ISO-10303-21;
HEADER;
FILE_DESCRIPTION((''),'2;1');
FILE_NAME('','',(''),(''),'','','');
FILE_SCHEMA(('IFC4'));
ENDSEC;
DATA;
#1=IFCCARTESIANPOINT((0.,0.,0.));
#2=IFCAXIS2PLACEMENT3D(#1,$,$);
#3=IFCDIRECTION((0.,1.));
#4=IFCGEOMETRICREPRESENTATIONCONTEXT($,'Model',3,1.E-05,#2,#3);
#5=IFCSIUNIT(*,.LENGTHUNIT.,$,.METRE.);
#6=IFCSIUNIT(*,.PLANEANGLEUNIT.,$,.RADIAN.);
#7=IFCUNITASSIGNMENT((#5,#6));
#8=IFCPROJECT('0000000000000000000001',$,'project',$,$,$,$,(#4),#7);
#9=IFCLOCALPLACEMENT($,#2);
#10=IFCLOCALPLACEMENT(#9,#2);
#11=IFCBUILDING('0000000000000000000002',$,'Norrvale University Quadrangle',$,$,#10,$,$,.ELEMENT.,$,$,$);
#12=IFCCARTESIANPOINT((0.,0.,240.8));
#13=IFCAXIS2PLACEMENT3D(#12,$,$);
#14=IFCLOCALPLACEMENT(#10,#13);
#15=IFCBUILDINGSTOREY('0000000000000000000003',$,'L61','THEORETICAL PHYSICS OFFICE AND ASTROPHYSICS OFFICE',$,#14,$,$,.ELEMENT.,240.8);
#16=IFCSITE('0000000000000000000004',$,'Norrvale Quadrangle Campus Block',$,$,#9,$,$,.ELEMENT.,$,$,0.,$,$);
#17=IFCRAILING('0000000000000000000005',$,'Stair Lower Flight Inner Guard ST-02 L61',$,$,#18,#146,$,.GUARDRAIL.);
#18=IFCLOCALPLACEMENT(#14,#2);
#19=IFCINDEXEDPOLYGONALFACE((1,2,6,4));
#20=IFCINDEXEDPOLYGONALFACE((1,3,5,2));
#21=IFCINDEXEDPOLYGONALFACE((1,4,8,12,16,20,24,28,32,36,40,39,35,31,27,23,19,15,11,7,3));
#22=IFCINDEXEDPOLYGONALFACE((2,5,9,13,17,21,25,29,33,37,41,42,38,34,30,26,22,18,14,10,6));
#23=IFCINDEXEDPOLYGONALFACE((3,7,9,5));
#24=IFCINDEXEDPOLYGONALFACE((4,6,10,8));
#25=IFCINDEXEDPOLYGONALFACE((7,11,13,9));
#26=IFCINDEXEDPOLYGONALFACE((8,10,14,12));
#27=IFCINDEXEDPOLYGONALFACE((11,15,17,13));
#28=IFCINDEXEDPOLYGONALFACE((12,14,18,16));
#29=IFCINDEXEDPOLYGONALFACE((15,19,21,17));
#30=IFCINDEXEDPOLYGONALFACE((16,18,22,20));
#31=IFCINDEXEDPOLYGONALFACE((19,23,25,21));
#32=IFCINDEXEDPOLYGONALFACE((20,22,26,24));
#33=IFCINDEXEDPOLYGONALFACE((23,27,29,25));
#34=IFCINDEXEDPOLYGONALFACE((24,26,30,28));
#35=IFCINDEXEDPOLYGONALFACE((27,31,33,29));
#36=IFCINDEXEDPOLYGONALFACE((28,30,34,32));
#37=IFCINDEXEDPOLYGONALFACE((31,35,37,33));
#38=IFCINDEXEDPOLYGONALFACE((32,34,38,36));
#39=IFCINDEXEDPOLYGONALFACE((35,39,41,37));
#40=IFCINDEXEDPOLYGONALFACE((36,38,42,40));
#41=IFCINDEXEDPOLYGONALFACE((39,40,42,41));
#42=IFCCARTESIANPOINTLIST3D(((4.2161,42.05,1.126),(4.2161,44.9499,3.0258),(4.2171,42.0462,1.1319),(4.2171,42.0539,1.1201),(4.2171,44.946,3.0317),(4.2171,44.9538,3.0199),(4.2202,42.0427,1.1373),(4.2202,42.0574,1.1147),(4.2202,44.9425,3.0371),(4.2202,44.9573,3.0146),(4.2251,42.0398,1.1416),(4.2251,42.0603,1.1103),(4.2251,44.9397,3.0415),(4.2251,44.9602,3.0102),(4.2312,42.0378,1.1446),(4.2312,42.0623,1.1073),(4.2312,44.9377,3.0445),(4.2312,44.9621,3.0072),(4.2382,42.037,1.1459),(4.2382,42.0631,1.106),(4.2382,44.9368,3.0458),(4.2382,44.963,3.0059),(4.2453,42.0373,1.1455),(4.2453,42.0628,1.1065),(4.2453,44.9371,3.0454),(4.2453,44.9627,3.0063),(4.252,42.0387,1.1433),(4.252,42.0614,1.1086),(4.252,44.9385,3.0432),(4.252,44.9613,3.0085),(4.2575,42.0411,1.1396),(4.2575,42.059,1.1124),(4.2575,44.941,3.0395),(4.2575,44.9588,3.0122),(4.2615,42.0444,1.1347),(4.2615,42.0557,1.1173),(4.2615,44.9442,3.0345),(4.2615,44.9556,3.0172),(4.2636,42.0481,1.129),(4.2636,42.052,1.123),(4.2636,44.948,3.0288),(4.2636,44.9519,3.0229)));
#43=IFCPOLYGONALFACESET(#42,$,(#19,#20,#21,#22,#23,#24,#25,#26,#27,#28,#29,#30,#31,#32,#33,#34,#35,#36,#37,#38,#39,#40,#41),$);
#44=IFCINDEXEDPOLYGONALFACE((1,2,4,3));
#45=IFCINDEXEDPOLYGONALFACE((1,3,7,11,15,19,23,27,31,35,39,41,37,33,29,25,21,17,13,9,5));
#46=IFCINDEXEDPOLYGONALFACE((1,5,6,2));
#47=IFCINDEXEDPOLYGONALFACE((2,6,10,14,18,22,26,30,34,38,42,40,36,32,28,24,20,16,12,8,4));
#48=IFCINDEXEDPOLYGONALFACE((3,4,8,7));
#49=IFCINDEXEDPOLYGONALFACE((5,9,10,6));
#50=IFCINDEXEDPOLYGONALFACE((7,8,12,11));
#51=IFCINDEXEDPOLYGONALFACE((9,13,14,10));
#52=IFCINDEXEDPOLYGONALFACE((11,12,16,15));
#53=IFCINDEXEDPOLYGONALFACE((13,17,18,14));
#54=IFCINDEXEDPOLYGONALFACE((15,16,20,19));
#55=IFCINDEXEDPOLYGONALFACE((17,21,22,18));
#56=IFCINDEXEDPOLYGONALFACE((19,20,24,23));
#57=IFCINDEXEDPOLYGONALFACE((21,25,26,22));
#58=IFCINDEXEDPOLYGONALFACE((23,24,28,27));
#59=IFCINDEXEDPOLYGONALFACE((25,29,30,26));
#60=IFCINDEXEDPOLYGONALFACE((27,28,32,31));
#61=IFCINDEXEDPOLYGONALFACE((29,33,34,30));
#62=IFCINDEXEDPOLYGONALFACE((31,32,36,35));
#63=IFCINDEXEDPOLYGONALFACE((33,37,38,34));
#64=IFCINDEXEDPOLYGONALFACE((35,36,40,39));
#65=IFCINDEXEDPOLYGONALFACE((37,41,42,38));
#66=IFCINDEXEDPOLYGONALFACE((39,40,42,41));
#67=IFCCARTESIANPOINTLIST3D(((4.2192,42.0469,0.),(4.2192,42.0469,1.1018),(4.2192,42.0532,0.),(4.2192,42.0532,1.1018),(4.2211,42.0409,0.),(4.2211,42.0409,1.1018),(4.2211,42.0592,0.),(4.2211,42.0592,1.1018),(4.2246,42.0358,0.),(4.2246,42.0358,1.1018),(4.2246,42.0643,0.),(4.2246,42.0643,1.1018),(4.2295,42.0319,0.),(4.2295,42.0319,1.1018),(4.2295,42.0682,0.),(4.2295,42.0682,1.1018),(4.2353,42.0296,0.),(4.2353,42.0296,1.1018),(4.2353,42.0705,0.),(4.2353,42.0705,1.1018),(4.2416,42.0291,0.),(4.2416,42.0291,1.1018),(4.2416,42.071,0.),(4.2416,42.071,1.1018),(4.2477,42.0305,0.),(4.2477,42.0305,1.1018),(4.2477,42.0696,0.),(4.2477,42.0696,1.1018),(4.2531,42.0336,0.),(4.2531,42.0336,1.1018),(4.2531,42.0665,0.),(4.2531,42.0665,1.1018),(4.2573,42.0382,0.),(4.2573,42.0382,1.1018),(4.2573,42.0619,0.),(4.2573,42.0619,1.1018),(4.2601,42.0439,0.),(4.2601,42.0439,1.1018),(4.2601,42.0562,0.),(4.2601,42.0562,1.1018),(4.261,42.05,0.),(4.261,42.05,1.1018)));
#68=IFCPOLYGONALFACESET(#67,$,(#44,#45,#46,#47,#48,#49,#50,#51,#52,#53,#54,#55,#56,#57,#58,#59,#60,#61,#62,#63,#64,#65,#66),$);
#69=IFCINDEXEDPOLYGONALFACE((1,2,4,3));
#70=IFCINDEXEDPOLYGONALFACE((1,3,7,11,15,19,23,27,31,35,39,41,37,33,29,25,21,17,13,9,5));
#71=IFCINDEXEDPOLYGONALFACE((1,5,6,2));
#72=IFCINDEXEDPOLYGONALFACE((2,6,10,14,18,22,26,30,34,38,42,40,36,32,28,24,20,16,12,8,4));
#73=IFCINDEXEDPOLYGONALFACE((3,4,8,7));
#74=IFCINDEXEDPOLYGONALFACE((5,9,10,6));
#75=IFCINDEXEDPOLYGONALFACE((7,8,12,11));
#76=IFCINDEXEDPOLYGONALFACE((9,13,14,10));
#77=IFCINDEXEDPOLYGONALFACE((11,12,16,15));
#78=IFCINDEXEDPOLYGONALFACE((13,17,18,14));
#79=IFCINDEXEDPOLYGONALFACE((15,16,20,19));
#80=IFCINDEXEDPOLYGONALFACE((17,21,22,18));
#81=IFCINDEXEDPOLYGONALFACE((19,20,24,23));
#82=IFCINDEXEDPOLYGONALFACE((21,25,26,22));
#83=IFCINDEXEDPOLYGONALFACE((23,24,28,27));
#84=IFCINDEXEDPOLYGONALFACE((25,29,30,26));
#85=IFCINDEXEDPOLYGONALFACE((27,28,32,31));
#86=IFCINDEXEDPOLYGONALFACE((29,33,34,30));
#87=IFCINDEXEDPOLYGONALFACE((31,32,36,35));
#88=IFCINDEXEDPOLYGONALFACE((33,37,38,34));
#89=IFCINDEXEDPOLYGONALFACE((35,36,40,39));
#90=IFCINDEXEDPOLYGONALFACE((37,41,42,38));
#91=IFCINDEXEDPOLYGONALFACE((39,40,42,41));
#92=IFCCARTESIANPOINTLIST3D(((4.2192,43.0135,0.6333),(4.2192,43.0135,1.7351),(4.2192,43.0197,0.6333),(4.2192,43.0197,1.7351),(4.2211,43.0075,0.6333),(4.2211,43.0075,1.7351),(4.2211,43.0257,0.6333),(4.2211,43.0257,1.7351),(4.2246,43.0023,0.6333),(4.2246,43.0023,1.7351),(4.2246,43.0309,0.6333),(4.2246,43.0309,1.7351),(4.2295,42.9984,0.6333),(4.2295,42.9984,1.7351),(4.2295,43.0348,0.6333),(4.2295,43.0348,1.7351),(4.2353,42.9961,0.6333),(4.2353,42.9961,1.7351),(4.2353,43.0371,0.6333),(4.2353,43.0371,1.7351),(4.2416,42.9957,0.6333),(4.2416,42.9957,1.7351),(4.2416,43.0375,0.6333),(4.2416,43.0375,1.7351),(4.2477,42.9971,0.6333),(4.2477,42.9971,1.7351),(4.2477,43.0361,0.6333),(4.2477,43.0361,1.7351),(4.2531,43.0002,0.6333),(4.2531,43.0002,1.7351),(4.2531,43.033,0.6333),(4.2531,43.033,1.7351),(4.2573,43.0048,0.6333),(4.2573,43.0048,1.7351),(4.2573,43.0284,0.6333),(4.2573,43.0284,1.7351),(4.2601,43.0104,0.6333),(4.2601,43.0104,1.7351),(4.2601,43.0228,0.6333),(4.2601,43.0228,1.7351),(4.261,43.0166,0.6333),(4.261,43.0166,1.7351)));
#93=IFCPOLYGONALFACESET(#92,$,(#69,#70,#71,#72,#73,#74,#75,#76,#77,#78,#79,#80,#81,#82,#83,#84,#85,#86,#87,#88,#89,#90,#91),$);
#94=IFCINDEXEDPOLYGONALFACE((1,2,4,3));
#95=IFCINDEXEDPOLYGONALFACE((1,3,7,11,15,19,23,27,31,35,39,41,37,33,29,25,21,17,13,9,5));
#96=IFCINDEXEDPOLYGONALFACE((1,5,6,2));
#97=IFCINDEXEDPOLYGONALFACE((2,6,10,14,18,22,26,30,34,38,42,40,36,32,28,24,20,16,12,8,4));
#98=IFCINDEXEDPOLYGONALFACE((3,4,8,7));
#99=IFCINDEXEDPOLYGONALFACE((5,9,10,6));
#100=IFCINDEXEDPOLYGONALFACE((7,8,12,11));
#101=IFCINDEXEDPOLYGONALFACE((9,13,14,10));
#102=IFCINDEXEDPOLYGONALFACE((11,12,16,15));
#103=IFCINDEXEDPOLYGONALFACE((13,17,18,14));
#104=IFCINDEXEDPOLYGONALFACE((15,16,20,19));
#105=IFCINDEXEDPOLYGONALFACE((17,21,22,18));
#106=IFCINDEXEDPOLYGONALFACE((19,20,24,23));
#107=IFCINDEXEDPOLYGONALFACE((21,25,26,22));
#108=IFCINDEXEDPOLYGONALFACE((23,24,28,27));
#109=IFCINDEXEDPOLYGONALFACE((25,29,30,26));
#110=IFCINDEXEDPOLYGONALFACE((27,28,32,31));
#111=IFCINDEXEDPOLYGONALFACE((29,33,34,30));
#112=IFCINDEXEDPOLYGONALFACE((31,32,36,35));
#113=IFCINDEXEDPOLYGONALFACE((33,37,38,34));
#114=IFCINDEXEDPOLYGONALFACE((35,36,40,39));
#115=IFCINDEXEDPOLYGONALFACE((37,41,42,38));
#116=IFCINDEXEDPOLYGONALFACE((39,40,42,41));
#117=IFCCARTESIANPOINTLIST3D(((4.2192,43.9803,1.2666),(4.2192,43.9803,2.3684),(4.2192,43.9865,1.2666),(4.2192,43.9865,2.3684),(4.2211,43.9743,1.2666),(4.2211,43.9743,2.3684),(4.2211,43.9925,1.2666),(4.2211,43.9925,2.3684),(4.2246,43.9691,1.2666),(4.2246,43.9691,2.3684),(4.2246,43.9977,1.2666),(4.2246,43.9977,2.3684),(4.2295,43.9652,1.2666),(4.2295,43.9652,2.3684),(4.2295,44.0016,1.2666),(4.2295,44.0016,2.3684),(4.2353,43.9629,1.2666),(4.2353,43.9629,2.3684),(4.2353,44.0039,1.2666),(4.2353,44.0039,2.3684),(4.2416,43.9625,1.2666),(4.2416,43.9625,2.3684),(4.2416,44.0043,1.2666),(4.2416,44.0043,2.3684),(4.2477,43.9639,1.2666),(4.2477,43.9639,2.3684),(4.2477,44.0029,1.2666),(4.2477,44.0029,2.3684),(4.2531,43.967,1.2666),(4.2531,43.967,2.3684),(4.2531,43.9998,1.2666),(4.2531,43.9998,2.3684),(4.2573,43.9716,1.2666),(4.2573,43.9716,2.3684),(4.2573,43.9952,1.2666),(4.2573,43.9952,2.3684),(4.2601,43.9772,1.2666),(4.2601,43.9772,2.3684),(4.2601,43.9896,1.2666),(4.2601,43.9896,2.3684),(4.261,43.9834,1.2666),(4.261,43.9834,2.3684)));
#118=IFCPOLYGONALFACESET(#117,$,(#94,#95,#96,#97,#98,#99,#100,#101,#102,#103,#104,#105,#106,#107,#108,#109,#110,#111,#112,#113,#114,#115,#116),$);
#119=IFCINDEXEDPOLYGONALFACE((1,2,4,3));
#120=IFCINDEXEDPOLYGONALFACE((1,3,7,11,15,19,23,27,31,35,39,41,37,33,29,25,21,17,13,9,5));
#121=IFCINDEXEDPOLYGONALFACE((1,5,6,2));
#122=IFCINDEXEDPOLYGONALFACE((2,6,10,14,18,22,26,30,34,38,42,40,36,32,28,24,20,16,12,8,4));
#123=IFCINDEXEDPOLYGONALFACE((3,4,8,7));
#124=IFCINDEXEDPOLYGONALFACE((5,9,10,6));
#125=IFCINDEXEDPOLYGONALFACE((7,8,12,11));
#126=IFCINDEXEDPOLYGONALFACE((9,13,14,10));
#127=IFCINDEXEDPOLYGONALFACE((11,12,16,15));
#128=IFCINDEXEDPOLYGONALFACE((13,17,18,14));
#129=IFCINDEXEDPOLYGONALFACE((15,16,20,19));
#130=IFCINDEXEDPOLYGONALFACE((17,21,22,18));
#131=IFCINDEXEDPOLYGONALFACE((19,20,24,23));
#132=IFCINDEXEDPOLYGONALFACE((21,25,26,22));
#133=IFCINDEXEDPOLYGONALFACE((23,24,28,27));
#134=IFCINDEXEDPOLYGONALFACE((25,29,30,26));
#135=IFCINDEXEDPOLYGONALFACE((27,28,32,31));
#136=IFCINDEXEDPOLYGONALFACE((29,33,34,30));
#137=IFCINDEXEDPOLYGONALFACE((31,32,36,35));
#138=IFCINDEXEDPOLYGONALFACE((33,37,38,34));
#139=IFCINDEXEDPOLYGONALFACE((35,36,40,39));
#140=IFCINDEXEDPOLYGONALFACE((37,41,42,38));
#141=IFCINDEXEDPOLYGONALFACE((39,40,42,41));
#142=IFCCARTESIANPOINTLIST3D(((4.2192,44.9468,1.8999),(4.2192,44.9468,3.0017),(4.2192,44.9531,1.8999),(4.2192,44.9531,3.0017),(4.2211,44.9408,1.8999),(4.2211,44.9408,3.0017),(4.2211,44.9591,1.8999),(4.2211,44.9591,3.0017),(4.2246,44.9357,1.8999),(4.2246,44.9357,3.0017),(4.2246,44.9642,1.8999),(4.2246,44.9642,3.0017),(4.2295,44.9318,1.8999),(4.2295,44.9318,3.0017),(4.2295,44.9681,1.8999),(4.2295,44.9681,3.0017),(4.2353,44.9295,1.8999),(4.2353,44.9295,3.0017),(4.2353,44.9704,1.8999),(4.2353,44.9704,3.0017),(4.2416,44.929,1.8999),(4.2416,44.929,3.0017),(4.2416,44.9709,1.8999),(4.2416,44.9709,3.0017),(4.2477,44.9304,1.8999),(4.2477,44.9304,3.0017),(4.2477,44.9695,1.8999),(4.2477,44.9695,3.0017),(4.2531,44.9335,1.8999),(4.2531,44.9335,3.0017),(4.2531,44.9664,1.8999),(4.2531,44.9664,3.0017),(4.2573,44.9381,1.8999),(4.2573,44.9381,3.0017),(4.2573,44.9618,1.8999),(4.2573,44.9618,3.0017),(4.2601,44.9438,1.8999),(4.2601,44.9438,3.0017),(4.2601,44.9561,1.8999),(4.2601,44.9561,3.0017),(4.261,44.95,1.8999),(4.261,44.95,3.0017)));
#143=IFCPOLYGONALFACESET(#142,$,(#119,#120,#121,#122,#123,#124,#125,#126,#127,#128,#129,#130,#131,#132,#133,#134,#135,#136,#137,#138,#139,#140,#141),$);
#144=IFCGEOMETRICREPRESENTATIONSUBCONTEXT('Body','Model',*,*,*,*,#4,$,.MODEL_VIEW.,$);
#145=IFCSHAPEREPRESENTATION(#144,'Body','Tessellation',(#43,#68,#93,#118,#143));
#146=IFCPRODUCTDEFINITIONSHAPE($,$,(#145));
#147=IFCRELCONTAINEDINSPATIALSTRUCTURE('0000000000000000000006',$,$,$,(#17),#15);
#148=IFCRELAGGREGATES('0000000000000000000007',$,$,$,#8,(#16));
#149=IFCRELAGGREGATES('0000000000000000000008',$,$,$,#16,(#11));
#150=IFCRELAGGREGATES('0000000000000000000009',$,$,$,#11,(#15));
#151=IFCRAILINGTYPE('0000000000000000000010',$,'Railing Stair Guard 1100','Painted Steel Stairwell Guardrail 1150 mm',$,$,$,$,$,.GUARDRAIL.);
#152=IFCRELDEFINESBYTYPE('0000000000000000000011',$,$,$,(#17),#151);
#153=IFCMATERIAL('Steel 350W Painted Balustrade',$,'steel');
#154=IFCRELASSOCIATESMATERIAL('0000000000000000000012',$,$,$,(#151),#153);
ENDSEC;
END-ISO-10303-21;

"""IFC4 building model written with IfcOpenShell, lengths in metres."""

from ifc_helpers import new_model, si_unit, direction, frame, origin, origin_2d, place, context, subcontext, project, spatial, circle, extrude, material, type_object, element, save


model = new_model("IFC4")

# Units and contexts
model_context = context("Model", 3, precision=1e-05, world=origin(), true_north=direction((0.0, 1.0)))
body_context = subcontext(model_context, "Body", "Model", "MODEL_VIEW")
ifc_project = project(units=[si_unit("LENGTHUNIT", "METRE"), si_unit("PLANEANGLEUNIT", "RADIAN")], contexts=[model_context])

# Site, building, storey
site_placement = place(None, origin())
site = spatial("IfcSite", under=ifc_project, at=site_placement, Name="Norrvale Quadrangle Campus Block", CompositionType="ELEMENT", RefElevation=0.0)
building_placement = place(site_placement, origin())
building = spatial("IfcBuilding", under=site, at=building_placement, Name="Norrvale University Quadrangle", CompositionType="ELEMENT")
storey_placement = place(building_placement, frame((0.0, 0.0, 240.8)))
storey = spatial("IfcBuildingStorey", under=building, at=storey_placement, Name="L61", Description="THEORETICAL PHYSICS OFFICE AND ASTROPHYSICS OFFICE", CompositionType="ELEMENT", Elevation=240.8)

# Railing
ifc_material_1 = material(Name="Steel 350W Painted Balustrade", Category="steel")
railing_type_1 = type_object("IfcRailingType", Name="Railing Stair Guard 1100", Description="Painted Steel Stairwell Guardrail 1150 mm", PredefinedType="GUARDRAIL", material=ifc_material_1)
railing_1_placement = place(storey_placement, frame((4.24, 42.05, 0.0)))
element("IfcRailing", 1, at=railing_1_placement, inside=storey, type_object=railing_type_1, Name="Stair Lower Flight Inner Guard ST-02 L61", PredefinedType="GUARDRAIL", context=body_context, shape_type="SweptSolid", body=[
    extrude(circle(Radius=0.0239, at=origin_2d()), frame((0.0, 0.0, 1.126), z_axis=(0.0, 0.836466, 0.548019), x_axis=(-1.0, 0.0, 0.0)), (0.0, 0.0, 1.0), 3.4668),
    extrude(circle(Radius=0.021, at=origin_2d()), origin(), (0.0, 0.0, 1.0), 1.1018),
    extrude(circle(Radius=0.021, at=origin_2d()), frame((0.0, 0.9666, 0.6333)), (0.0, 0.0, 1.0), 1.1018),
    extrude(circle(Radius=0.021, at=origin_2d()), frame((0.0, 1.9333, 1.2666)), (0.0, 0.0, 1.0), 1.1018),
    extrude(circle(Radius=0.021, at=origin_2d()), frame((0.0, 2.8999, 1.8999)), (0.0, 0.0, 1.0), 1.1018),
])

save(model, "model.ifc")
